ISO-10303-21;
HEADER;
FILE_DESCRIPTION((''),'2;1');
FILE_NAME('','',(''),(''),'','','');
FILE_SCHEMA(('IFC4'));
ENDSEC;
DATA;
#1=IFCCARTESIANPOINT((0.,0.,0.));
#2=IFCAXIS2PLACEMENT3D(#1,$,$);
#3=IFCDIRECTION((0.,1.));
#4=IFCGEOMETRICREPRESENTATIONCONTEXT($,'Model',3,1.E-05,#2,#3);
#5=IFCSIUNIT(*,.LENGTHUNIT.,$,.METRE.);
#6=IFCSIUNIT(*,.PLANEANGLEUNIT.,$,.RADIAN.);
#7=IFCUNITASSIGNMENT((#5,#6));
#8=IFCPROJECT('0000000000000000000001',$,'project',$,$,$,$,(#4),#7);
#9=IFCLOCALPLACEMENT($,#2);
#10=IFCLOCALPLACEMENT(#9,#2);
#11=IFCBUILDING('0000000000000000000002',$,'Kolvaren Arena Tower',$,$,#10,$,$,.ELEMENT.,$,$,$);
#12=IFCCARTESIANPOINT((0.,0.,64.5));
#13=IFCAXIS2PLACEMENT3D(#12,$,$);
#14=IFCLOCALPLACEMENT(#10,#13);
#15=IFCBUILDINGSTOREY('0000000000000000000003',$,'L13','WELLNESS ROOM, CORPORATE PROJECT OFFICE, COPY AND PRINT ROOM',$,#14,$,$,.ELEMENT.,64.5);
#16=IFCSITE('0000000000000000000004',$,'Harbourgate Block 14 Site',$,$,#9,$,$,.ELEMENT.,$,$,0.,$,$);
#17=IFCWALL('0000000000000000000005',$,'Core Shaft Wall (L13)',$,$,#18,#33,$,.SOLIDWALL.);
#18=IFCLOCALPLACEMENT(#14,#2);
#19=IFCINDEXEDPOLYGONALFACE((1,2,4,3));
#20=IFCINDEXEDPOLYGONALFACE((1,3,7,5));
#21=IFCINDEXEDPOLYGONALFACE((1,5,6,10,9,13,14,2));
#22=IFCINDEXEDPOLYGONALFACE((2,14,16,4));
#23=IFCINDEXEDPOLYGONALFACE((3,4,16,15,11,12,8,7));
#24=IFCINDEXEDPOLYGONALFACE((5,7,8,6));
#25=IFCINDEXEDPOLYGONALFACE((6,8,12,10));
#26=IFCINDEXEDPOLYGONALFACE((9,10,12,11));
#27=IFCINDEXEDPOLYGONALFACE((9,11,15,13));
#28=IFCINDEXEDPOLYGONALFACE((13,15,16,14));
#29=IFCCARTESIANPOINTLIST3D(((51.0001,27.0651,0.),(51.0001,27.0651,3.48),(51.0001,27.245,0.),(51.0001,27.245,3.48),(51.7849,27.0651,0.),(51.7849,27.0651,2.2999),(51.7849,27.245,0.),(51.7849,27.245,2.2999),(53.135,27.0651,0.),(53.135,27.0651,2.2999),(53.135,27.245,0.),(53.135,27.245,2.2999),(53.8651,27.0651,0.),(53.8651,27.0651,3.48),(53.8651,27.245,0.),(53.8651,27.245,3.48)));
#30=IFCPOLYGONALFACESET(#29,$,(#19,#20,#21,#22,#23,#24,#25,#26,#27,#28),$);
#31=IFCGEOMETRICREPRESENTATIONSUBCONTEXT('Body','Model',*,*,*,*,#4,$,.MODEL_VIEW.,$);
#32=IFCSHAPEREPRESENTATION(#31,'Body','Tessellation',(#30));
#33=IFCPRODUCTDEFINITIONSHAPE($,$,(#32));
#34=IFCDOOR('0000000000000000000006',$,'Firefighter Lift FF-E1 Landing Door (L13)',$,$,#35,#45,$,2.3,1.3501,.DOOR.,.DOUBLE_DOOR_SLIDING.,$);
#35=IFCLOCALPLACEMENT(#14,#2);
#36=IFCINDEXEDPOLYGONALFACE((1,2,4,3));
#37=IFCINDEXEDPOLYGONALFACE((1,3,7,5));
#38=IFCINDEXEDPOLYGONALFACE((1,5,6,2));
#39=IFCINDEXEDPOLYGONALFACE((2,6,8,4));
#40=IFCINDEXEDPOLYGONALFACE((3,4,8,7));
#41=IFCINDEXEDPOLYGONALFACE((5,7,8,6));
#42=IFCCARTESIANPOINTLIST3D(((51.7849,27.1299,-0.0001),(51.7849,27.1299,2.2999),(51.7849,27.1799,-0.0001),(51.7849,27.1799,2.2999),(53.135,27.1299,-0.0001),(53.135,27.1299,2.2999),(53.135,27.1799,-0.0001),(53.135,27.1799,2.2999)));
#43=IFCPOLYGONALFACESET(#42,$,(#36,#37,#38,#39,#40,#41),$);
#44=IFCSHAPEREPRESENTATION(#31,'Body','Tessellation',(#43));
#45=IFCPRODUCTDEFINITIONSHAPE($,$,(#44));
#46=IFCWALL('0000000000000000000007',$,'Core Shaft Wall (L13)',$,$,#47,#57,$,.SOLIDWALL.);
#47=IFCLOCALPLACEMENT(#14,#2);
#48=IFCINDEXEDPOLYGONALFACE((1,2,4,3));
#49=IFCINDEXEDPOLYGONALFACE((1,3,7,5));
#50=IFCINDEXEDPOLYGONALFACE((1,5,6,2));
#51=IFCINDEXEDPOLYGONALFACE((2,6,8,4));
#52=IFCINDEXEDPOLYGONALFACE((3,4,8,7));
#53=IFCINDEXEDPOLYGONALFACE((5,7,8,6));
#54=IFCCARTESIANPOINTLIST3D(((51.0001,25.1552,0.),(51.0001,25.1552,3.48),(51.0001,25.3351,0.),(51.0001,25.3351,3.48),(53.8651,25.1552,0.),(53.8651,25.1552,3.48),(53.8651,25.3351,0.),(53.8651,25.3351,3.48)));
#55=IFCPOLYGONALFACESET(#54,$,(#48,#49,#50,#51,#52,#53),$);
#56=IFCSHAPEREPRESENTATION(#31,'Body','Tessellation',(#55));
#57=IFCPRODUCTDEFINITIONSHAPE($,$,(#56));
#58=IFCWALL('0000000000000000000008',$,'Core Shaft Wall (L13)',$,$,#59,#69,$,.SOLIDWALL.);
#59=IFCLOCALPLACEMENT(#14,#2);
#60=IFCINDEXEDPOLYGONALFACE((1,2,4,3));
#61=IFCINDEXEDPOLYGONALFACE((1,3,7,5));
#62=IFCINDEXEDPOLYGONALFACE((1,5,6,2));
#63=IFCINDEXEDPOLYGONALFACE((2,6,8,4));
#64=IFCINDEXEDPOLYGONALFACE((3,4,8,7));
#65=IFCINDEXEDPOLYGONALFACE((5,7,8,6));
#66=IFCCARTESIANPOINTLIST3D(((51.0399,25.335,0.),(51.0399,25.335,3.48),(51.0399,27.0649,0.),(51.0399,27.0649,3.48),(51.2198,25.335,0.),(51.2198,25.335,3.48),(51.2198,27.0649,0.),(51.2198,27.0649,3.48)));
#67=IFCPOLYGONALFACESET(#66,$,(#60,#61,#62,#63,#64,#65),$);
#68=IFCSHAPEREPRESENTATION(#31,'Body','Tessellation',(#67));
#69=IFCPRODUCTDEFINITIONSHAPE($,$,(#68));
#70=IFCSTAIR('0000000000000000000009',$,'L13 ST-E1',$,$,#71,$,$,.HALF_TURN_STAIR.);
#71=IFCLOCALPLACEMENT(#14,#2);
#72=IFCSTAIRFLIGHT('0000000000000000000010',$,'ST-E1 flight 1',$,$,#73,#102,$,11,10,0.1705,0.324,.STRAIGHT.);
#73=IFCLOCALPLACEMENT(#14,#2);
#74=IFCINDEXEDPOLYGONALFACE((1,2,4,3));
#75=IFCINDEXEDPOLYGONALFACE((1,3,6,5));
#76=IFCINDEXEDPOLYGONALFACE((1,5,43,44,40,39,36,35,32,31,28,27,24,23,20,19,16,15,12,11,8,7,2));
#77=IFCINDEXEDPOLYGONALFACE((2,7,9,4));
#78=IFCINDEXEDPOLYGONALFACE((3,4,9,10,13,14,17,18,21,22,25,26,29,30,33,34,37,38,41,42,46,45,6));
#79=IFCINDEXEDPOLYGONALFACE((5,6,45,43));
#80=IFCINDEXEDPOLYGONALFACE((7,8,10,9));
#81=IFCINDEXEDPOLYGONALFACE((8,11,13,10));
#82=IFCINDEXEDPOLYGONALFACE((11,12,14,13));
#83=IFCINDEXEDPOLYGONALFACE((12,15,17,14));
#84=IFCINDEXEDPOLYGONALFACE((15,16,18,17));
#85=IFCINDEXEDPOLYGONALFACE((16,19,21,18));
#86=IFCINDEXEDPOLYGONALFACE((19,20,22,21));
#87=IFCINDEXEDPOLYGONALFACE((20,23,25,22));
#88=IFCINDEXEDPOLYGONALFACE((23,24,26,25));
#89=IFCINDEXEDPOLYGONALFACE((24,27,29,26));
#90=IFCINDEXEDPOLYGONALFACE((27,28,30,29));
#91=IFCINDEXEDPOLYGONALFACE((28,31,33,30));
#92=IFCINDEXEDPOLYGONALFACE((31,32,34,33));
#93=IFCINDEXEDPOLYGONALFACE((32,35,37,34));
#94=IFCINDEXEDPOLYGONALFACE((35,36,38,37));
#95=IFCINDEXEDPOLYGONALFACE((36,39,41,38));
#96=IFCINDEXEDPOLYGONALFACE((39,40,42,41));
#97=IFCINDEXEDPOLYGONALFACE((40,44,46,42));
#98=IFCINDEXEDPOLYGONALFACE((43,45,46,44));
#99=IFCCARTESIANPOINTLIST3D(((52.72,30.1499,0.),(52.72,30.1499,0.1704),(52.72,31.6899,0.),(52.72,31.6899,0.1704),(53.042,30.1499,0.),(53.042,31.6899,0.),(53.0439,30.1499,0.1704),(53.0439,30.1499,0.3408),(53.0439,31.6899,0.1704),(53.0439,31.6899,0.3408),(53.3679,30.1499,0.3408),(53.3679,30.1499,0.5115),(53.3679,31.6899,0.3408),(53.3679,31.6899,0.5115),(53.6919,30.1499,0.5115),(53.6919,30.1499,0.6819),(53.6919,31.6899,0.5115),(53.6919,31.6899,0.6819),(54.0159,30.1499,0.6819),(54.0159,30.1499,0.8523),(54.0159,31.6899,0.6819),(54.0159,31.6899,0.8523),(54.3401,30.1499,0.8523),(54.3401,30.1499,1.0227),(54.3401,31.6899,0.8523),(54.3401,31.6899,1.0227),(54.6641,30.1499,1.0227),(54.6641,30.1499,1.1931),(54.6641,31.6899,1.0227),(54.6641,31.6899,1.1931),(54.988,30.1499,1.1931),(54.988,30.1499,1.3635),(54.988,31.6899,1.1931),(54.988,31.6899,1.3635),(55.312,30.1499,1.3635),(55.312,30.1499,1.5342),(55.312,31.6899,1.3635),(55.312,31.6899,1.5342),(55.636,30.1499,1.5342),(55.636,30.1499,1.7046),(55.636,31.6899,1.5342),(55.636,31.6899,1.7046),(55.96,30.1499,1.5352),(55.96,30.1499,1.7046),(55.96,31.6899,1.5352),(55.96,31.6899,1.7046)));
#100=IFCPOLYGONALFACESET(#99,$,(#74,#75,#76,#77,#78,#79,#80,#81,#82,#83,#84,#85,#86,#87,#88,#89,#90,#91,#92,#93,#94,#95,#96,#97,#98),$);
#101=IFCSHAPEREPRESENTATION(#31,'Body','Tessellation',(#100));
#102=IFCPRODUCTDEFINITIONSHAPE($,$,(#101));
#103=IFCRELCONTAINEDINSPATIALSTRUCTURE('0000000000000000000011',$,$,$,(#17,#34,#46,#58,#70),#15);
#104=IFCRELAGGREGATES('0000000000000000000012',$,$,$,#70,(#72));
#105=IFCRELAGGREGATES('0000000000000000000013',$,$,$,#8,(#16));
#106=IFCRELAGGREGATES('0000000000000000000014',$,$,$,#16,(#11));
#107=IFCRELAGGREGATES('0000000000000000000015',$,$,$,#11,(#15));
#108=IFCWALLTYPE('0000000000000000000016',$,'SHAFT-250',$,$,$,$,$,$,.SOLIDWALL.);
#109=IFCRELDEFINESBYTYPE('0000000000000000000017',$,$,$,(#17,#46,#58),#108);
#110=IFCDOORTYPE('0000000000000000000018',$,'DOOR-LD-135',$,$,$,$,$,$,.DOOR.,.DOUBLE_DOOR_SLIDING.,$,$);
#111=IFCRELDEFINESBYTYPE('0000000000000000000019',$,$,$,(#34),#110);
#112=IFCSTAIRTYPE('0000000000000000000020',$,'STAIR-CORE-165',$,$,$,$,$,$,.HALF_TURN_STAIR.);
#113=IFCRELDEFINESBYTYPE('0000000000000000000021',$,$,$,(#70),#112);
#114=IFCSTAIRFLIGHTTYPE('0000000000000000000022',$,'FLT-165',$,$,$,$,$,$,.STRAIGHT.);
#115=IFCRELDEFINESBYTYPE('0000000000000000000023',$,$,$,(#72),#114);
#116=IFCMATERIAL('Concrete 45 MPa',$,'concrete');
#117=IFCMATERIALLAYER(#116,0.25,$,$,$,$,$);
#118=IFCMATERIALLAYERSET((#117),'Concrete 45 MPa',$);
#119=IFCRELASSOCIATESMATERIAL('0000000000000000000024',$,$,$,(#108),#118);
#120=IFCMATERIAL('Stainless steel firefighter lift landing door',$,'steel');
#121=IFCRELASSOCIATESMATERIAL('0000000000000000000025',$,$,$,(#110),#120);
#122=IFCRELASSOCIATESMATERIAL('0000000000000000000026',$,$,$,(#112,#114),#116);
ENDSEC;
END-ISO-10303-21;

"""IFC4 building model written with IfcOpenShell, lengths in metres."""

from ifc_helpers import new_model, si_unit, direction, frame, frame_2d, origin, place, context, subcontext, project, spatial, polyline, rectangle, outline, extrude, material, layer, layer_set, type_object, element, fill, aggregate, save


model = new_model("IFC4")

# Units and contexts
model_context = context("Model", 3, precision=1e-05, world=origin(), true_north=direction((0.0, 1.0)))
body_context = subcontext(model_context, "Body", "Model", "MODEL_VIEW")
ifc_project = project(units=[si_unit("LENGTHUNIT", "METRE"), si_unit("PLANEANGLEUNIT", "RADIAN")], contexts=[model_context])

# Site, building, storey
site_placement = place(None, origin())
site = spatial("IfcSite", under=ifc_project, at=site_placement, Name="Harbourgate Block 14 Site", CompositionType="ELEMENT", RefElevation=0.0)
building_placement = place(site_placement, origin())
building = spatial("IfcBuilding", under=site, at=building_placement, Name="Kolvaren Arena Tower", CompositionType="ELEMENT")
storey_placement = place(building_placement, frame((0.0, 0.0, 64.5)))
storey = spatial("IfcBuildingStorey", under=building, at=storey_placement, Name="L13", Description="WELLNESS ROOM, CORPORATE PROJECT OFFICE, COPY AND PRINT ROOM", CompositionType="ELEMENT", Elevation=64.5)

# Shared definitions
ifc_material_1 = material(Name="Concrete 45 MPa", Category="concrete")
ifc_layer = layer(ifc_material_1, 0.25)
ifc_layer_set = layer_set([ifc_layer], Name="Concrete 45 MPa")
wall_type = type_object("IfcWallType", Name="SHAFT-250", PredefinedType="SOLIDWALL", material=ifc_layer_set)

# Wall, opening, door
wall_1_placement = place(storey_placement, frame((51.0, 27.155, 0.0), z_axis=(0.0, 0.0, 1.0), x_axis=(1.0, 0.0, 0.0)))
wall_1 = element("IfcWall", 1, at=wall_1_placement, inside=storey, type_object=wall_type, Name="Core Shaft Wall (L13)", PredefinedType="SOLIDWALL", context=body_context, shape_type="SweptSolid", body=[
    extrude(rectangle(XDim=2.865, YDim=0.1799, at=frame_2d((1.4326, 0.0))), origin(), (0.0, 0.0, 1.0), 3.48),
])
opening_placement = place(wall_1_placement, frame((0.7849, 0.0, 0.0)))
opening = element("IfcOpeningElement", 2, at=opening_placement, cuts=wall_1, PredefinedType="OPENING", context=body_context, shape_type="SweptSolid", body=[
    extrude(rectangle(XDim=1.3501, YDim=2.3, at=frame_2d((0.675, 1.1499))), frame((0.0, 0.0999, 0.0), z_axis=(0.0, -1.0, 0.0), x_axis=(1.0, 0.0, 0.0)), (0.0, 0.0, 1.0), 0.2),
])
ifc_material_2 = material(Name="Stainless steel firefighter lift landing door", Category="steel")
door_type = type_object("IfcDoorType", Name="DOOR-LD-135", OperationType="DOUBLE_DOOR_SLIDING", PredefinedType="DOOR", material=ifc_material_2)
door_placement = place(opening_placement, origin())
door = element("IfcDoor", 3, at=door_placement, inside=storey, type_object=door_type, Name="Firefighter Lift FF-E1 Landing Door (L13)", OperationType="DOUBLE_DOOR_SLIDING", OverallHeight=2.3, OverallWidth=1.3501, PredefinedType="DOOR", context=body_context, shape_type="SweptSolid", body=[
    extrude(rectangle(XDim=1.3501, YDim=2.3, at=frame_2d((0.675, 1.1499))), frame((0.0, 0.0249, 0.0), z_axis=(0.0, -1.0, 0.0), x_axis=(1.0, 0.0, 0.0)), (0.0, 0.0, 1.0), 0.05),
])
fill(opening, door)

# Walls
wall_2_placement = place(storey_placement, frame((51.0, 25.2451, 0.0), z_axis=(0.0, 0.0, 1.0), x_axis=(1.0, 0.0, 0.0)))
element("IfcWall", 4, at=wall_2_placement, inside=storey, type_object=wall_type, Name="Core Shaft Wall (L13)", PredefinedType="SOLIDWALL", context=body_context, shape_type="SweptSolid", body=[
    extrude(rectangle(XDim=2.865, YDim=0.1799, at=frame_2d((1.4326, 0.0))), origin(), (0.0, 0.0, 1.0), 3.48),
])
wall_3_placement = place(storey_placement, frame((51.1299, 25.335, 0.0), z_axis=(0.0, 0.0, 1.0), x_axis=(0.0, 1.0, 0.0)))
element("IfcWall", 5, at=wall_3_placement, inside=storey, type_object=wall_type, Name="Core Shaft Wall (L13)", PredefinedType="SOLIDWALL", context=body_context, shape_type="SweptSolid", body=[
    extrude(rectangle(XDim=1.73, YDim=0.1799, at=frame_2d((0.865, 0.0))), origin(), (0.0, 0.0, 1.0), 3.48),
])

# Stair, stair flight
stair_type = type_object("IfcStairType", Name="STAIR-CORE-165", PredefinedType="HALF_TURN_STAIR", material=ifc_material_1)
stair_placement = place(storey_placement, origin())
stair = element("IfcStair", 6, at=stair_placement, inside=storey, type_object=stair_type, Name="L13 ST-E1", PredefinedType="HALF_TURN_STAIR")
stair_flight_type = type_object("IfcStairFlightType", Name="FLT-165", PredefinedType="STRAIGHT", material=ifc_material_1)
stair_flight_placement = place(storey_placement, frame((52.72, 30.9199, 0.0), z_axis=(0.0, 0.0, 1.0), x_axis=(1.0, 0.0, 0.0)))
stair_flight = element("IfcStairFlight", 7, at=stair_flight_placement, type_object=stair_flight_type, Name="ST-E1 flight 1", NumberOfRisers=11, NumberOfTreads=10, PredefinedType="STRAIGHT", RiserHeight=0.1705, TreadLength=0.324, context=body_context, shape_type="SweptSolid", body=[
    extrude(outline(polyline([(0.0, 0.0), (0.0, 0.1704), (0.324, 0.1704), (0.324, 0.3408), (0.6479, 0.3408), (0.6479, 0.5115), (0.9719, 0.5115), (0.9719, 0.6819), (1.2959, 0.6819), (1.2959, 0.8523), (1.6201, 0.8523), (1.6201, 1.0227), (1.9441, 1.0227), (1.9441, 1.1931), (2.2681, 1.1931), (2.2681, 1.3635), (2.592, 1.3635), (2.592, 1.5342), (2.916, 1.5342), (2.916, 1.7046), (3.24, 1.7046), (3.24, 1.875), (3.24, 1.5352), (0.322, 0.0), (0.0, 0.0)])), frame((0.0, 0.77, 0.0), z_axis=(0.0, -1.0, 0.0), x_axis=(1.0, 0.0, 0.0)), (0.0, 0.0, 1.0), 1.54),
])
aggregate(stair, [stair_flight])

save(model, "model.ifc")
